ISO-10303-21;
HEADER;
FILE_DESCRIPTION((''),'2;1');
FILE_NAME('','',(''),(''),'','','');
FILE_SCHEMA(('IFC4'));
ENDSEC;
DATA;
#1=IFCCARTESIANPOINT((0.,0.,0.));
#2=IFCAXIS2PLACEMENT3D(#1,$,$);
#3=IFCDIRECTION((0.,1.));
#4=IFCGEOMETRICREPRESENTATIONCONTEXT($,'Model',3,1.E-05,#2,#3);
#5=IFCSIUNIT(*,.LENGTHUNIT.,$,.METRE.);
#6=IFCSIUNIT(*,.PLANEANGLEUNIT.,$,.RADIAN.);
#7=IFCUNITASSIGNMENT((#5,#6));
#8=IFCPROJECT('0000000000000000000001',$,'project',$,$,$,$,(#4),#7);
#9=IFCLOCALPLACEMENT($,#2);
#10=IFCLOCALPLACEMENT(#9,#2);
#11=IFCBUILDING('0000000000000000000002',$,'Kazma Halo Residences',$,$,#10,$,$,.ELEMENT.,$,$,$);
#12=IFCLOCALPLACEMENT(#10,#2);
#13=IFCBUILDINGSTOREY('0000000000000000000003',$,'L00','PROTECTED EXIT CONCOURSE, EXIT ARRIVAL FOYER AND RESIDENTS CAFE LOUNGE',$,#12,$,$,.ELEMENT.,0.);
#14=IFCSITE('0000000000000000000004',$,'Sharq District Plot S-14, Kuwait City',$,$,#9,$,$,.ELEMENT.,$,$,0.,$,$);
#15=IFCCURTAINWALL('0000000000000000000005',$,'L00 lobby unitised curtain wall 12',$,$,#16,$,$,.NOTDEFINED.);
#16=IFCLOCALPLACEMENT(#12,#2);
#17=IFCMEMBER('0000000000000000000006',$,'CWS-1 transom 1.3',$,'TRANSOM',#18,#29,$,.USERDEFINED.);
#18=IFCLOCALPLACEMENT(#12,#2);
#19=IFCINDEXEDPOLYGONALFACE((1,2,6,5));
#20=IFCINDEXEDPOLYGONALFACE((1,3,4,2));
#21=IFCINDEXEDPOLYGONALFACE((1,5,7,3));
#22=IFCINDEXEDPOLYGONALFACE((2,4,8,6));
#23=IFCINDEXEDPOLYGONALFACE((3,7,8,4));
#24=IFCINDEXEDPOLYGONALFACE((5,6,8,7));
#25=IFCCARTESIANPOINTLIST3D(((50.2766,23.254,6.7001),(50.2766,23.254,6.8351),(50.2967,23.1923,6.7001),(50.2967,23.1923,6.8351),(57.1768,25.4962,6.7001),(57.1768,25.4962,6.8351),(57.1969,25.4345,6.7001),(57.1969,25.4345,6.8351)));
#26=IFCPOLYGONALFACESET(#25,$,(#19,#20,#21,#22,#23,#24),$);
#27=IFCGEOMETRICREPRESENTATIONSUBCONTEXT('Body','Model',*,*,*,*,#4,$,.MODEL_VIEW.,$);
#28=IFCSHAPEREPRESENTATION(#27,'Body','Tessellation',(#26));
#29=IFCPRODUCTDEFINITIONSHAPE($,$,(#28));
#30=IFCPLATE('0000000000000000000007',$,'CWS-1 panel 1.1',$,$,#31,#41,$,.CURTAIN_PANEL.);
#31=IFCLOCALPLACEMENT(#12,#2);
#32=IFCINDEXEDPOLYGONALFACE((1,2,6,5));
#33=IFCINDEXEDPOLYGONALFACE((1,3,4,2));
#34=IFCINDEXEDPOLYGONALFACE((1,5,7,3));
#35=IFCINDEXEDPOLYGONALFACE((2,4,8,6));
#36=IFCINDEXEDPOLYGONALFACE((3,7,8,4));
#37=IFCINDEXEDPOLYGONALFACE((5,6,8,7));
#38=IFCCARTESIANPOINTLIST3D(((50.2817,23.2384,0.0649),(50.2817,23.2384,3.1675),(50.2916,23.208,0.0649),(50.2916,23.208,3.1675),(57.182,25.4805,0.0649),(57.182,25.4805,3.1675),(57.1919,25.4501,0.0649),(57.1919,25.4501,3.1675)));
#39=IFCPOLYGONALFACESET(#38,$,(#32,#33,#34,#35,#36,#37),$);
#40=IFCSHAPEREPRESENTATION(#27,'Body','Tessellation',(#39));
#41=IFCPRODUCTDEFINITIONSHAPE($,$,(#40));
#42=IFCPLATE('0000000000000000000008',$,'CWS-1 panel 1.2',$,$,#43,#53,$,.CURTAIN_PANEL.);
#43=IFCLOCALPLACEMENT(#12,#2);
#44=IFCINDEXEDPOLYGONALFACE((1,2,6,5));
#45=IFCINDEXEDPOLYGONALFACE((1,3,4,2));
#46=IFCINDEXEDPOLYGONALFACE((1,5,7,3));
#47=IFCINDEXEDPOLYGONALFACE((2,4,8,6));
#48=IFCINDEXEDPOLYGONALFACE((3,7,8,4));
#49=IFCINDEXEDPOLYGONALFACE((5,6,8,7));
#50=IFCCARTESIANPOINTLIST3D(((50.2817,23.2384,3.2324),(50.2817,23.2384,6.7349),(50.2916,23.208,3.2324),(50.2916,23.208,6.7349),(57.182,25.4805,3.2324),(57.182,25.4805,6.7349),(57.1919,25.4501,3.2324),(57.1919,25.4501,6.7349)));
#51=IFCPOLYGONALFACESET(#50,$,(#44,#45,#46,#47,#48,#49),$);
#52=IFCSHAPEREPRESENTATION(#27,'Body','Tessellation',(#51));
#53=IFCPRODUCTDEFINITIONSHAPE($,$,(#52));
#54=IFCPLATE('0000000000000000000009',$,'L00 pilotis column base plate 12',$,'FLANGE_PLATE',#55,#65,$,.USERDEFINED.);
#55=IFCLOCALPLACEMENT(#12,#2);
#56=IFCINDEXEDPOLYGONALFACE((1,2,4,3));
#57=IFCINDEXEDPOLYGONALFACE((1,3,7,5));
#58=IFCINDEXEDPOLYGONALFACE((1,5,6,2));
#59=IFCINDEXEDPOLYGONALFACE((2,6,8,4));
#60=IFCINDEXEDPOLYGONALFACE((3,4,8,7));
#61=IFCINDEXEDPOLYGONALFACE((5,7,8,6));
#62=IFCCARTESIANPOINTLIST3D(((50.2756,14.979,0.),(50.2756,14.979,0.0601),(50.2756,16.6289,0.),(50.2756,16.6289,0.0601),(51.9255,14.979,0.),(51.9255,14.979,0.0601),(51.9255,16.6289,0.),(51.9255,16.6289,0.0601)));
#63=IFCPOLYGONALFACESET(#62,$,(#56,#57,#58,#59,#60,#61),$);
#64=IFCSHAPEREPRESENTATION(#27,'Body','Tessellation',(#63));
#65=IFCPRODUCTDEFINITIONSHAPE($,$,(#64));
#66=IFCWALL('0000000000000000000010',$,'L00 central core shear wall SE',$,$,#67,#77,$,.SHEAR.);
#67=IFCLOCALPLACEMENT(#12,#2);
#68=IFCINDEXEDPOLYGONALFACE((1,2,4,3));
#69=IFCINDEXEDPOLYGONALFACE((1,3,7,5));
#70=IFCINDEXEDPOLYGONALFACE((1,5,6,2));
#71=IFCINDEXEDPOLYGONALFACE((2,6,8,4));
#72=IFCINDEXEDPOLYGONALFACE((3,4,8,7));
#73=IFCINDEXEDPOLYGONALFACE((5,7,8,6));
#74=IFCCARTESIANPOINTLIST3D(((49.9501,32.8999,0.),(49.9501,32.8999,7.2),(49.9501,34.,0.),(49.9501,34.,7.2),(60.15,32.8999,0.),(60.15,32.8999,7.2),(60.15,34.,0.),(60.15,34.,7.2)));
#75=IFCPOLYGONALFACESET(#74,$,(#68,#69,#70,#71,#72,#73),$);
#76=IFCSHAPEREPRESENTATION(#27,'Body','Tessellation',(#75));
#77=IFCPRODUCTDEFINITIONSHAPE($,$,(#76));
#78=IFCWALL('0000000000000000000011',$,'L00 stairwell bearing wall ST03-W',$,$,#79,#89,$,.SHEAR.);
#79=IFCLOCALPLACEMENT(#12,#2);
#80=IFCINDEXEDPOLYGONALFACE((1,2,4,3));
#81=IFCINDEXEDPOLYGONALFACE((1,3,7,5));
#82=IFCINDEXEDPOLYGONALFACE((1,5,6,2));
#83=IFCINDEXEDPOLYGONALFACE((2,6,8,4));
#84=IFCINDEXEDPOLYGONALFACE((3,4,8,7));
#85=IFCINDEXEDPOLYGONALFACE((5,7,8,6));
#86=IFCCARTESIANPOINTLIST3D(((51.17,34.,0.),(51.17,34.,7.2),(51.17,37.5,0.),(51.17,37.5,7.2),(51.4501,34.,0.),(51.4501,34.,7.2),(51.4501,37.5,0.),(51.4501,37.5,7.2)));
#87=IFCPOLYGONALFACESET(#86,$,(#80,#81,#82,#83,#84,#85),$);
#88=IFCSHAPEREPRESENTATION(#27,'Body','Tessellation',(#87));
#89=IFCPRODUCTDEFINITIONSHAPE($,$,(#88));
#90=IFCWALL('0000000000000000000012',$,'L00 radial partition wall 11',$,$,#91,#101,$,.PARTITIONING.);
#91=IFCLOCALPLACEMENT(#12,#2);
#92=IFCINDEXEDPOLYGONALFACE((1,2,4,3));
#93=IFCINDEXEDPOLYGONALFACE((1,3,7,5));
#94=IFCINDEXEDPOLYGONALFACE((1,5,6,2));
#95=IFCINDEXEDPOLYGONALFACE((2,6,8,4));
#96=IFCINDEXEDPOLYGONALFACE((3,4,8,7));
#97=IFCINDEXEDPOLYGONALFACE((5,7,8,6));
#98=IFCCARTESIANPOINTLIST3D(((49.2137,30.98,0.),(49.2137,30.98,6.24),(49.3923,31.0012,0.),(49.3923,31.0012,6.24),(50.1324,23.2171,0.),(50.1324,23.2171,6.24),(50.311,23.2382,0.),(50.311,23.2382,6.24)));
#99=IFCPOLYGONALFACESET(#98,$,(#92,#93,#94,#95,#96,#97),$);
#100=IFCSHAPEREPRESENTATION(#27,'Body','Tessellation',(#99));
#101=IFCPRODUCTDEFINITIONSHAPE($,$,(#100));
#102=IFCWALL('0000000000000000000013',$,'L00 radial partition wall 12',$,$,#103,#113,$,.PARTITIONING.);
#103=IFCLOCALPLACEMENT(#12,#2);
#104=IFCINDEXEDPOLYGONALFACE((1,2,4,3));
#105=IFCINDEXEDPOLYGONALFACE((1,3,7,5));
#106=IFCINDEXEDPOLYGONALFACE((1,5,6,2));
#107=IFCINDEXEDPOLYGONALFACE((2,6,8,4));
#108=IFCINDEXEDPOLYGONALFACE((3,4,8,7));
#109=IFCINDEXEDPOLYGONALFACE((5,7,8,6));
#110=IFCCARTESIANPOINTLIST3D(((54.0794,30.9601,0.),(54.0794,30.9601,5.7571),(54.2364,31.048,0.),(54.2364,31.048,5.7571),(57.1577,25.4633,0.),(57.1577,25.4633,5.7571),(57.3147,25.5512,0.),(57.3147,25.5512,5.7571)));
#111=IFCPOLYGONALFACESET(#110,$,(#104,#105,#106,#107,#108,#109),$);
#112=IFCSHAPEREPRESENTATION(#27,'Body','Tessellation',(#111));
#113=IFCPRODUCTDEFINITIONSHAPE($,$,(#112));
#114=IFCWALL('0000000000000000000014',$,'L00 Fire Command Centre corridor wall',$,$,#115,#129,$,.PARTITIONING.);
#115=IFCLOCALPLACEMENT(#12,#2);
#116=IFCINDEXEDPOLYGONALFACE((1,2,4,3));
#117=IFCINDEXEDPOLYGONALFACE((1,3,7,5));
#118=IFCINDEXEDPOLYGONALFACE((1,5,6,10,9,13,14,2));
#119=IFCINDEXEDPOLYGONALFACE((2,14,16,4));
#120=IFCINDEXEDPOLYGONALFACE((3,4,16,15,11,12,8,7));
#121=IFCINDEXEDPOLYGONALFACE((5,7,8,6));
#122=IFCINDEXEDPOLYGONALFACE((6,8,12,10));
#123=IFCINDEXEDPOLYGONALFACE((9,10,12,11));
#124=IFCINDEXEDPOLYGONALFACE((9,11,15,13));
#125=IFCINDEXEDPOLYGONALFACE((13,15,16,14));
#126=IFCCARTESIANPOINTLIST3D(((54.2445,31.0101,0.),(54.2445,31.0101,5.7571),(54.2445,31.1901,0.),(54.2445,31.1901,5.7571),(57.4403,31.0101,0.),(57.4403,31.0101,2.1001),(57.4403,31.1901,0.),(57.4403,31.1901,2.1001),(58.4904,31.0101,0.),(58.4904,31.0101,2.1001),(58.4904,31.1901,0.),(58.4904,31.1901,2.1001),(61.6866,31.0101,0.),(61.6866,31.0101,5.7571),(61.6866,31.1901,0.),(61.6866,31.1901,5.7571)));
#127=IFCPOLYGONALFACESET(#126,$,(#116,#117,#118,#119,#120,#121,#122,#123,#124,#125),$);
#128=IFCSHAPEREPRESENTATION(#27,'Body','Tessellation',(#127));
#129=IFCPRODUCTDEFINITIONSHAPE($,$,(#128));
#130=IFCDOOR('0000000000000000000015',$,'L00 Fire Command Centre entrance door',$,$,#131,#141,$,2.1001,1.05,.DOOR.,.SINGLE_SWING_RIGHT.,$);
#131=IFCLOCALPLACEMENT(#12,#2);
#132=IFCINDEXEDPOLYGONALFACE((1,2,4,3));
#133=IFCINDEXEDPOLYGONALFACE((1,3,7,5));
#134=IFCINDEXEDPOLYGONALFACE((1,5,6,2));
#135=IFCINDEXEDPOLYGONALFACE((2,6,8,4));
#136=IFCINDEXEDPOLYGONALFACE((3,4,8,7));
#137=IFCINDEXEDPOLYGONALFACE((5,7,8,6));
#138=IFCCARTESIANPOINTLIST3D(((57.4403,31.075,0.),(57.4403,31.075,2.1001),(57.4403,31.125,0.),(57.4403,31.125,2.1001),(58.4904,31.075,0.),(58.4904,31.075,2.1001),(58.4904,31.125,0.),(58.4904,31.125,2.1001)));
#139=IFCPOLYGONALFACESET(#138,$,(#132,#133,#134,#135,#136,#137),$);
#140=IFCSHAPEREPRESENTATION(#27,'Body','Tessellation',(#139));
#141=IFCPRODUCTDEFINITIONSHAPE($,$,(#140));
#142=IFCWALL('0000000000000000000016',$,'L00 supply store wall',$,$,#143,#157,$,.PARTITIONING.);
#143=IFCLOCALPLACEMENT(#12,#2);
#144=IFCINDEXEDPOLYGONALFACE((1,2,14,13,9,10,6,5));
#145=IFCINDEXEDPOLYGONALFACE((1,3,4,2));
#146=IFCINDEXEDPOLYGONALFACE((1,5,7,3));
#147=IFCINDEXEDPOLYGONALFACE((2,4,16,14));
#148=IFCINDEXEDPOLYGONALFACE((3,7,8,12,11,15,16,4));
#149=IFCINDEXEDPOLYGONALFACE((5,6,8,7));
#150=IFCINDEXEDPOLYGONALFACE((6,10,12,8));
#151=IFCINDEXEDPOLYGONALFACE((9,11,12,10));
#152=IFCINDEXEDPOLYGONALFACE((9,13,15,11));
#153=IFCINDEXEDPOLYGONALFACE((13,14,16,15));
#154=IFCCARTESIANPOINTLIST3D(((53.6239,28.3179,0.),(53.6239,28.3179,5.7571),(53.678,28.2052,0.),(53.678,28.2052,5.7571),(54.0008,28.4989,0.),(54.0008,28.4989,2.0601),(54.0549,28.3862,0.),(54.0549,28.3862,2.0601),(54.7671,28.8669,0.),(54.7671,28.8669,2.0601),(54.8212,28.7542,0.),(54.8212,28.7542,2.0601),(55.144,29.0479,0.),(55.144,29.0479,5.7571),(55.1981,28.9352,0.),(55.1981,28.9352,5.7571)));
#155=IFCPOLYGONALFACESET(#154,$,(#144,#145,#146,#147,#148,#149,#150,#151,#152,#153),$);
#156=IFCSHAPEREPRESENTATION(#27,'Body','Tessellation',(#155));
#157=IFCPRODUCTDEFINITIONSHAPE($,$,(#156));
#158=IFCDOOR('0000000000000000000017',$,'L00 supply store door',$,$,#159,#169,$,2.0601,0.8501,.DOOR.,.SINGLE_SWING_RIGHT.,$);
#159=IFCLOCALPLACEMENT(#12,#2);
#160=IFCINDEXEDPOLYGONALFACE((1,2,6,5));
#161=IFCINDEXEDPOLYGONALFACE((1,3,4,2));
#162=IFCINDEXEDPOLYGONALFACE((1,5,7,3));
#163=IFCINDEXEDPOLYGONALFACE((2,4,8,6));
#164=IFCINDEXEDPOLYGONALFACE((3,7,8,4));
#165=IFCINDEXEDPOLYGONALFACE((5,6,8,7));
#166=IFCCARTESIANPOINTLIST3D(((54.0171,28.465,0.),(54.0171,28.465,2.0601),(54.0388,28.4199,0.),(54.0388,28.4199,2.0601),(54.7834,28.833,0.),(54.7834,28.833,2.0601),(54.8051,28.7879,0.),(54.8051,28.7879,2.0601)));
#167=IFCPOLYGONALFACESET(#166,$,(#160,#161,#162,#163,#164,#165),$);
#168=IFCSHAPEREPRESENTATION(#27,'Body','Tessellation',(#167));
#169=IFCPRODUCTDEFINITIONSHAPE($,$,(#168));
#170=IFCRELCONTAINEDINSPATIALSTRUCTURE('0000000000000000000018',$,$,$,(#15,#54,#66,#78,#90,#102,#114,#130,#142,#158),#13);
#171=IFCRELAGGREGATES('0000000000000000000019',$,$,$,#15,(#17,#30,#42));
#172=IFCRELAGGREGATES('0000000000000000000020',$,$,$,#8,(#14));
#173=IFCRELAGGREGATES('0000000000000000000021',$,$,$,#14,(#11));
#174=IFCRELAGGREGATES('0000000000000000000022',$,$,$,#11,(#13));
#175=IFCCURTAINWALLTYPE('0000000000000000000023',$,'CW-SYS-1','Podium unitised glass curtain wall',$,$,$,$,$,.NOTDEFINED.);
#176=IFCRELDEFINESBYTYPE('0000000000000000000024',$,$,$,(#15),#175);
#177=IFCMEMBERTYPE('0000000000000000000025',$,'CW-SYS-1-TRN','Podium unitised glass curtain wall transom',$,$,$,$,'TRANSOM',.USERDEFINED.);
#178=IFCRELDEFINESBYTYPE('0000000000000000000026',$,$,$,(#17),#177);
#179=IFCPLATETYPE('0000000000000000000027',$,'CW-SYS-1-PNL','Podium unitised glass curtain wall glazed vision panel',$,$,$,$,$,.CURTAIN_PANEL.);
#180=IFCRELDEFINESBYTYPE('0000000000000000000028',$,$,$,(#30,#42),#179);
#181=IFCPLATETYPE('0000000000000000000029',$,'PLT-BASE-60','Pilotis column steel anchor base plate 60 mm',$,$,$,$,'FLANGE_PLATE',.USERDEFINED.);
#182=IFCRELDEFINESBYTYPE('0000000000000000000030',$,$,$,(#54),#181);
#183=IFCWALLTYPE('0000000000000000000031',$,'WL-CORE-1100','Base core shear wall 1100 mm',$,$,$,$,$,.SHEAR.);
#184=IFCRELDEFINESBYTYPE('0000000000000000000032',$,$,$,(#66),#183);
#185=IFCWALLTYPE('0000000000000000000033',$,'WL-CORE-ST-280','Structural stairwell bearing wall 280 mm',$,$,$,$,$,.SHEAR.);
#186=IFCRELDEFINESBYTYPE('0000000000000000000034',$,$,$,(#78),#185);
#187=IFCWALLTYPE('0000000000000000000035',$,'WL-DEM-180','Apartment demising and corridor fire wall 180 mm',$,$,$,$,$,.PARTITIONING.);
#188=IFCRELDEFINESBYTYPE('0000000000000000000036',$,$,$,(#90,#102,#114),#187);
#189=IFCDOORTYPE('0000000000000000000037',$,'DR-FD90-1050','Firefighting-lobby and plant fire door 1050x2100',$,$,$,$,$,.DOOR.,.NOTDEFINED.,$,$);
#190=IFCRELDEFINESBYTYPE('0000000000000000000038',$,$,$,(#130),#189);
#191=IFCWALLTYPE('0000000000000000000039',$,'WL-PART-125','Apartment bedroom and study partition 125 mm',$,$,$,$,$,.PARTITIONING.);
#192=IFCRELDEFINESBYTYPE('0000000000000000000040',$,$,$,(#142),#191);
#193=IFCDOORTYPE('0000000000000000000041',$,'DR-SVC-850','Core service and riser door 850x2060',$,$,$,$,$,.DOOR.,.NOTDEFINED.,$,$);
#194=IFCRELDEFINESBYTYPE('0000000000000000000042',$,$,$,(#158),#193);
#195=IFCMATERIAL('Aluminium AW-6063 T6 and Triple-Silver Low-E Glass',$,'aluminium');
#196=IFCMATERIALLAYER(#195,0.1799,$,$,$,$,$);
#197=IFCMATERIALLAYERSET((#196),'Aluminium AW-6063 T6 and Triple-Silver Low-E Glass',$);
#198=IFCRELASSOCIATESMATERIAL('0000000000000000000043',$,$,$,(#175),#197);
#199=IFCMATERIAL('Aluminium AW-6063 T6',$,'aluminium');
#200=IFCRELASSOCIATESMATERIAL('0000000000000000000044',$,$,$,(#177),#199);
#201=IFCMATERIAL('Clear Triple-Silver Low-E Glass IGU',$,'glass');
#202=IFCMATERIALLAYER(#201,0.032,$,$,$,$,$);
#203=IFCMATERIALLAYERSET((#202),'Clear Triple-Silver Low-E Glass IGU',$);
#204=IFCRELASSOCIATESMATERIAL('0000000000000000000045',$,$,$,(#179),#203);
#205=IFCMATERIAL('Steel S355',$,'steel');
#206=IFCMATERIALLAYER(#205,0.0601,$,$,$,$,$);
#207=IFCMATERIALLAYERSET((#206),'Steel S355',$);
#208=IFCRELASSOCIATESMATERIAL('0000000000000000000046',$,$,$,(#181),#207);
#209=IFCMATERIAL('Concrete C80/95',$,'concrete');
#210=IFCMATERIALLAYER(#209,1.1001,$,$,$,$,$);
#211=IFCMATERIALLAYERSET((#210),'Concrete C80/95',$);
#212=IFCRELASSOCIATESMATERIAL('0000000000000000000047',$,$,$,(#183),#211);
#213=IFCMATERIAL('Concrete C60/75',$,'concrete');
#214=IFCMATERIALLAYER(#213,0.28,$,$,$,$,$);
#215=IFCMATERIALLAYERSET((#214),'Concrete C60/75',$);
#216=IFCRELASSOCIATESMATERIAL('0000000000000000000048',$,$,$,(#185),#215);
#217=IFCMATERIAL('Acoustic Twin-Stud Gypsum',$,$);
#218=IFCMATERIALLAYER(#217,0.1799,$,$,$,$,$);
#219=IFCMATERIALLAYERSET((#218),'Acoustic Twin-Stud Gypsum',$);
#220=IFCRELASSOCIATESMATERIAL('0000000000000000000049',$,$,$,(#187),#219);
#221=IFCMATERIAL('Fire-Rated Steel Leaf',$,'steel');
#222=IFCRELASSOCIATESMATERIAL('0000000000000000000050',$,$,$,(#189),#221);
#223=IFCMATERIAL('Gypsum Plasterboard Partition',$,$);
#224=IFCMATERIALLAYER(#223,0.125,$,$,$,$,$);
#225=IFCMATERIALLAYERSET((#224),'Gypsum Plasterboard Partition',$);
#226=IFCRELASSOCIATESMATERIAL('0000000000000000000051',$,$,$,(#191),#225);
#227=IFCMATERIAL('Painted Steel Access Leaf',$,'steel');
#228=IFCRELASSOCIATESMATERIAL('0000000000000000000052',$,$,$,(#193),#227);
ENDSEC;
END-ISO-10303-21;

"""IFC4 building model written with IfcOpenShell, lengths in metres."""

from ifc_helpers import new_model, si_unit, direction, frame, frame_2d, origin, origin_2d, place, context, subcontext, project, spatial, rectangle, extrude, material, layer, layer_set, material_profile, profile_set, type_object, element, fill, aggregate, save


model = new_model("IFC4")

# Units and contexts
model_context = context("Model", 3, precision=1e-05, world=origin(), true_north=direction((0.0, 1.0)))
body_context = subcontext(model_context, "Body", "Model", "MODEL_VIEW")
ifc_project = project(units=[si_unit("LENGTHUNIT", "METRE"), si_unit("PLANEANGLEUNIT", "RADIAN")], contexts=[model_context])

# Site, building, storey
site_placement = place(None, origin())
site = spatial("IfcSite", under=ifc_project, at=site_placement, Name="Sharq District Plot S-14, Kuwait City", CompositionType="ELEMENT", RefElevation=0.0)
building_placement = place(site_placement, origin())
building = spatial("IfcBuilding", under=site, at=building_placement, Name="Kazma Halo Residences", CompositionType="ELEMENT")
storey_placement = place(building_placement, origin())
storey = spatial("IfcBuildingStorey", under=building, at=storey_placement, Name="L00", Description="PROTECTED EXIT CONCOURSE, EXIT ARRIVAL FOYER AND RESIDENTS CAFE LOUNGE", CompositionType="ELEMENT", Elevation=0.0)

# Shared definitions
ifc_material_1 = material(Name="Concrete C80/95", Category="concrete")

# Shared definitions
ifc_material_2 = material(Name="Steel S355", Category="steel")

# Curtain wall, member, plates
ifc_material_3 = material(Name="Aluminium AW-6063 T6 and Triple-Silver Low-E Glass", Category="aluminium")
ifc_layer_1 = layer(ifc_material_3, 0.1799)
ifc_layer_set_1 = layer_set([ifc_layer_1], Name="Aluminium AW-6063 T6 and Triple-Silver Low-E Glass")
curtain_wall_type = type_object("IfcCurtainWallType", Name="CW-SYS-1", Description="Podium unitised glass curtain wall", PredefinedType="NOTDEFINED", material=ifc_layer_set_1)
curtain_wall_placement = place(storey_placement, origin())
curtain_wall = element("IfcCurtainWall", 1, at=curtain_wall_placement, inside=storey, type_object=curtain_wall_type, Name="L00 lobby unitised curtain wall 12", PredefinedType="NOTDEFINED")
ifc_material_4 = material(Name="Aluminium AW-6063 T6", Category="aluminium")
ifc_material_profile_1 = material_profile(ifc_material_4, rectangle(XDim=0.0649, YDim=0.135, at=origin_2d()), Name="CWT-65x135")
ifc_profile_set_1 = profile_set([ifc_material_profile_1], Name="Aluminium AW-6063 T6")
member_type_1 = type_object("IfcMemberType", Name="CW-SYS-1-TRN", Description="Podium unitised glass curtain wall transom", ElementType="TRANSOM", PredefinedType="USERDEFINED", material=ifc_profile_set_1)
member_1_placement = place(storey_placement, frame((50.2866, 23.2231, 6.7676), z_axis=(0.951049, 0.309041, 0.0), x_axis=(-0.309041, 0.951049, 0.0)))
member_1 = element("IfcMember", 2, at=member_1_placement, type_object=member_type_1, Name="CWS-1 transom 1.3", ObjectType="TRANSOM", PredefinedType="USERDEFINED", context=body_context, shape_type="SweptSolid", body=[
    extrude(rectangle(XDim=0.0649, YDim=0.135, at=origin_2d()), origin(), (0.0, 0.0, 1.0), 7.2554),
])
ifc_material_5 = material(Name="Clear Triple-Silver Low-E Glass IGU", Category="glass")
ifc_layer_2 = layer(ifc_material_5, 0.032)
ifc_layer_set_2 = layer_set([ifc_layer_2], Name="Clear Triple-Silver Low-E Glass IGU")
plate_type_1 = type_object("IfcPlateType", Name="CW-SYS-1-PNL", Description="Podium unitised glass curtain wall glazed vision panel", PredefinedType="CURTAIN_PANEL", material=ifc_layer_set_2)
plate_1_placement = place(storey_placement, frame((53.7368, 24.3442, 0.0649), z_axis=(0.0, 0.0, 1.0), x_axis=(0.951055, 0.309021, 0.0)))
plate_1 = element("IfcPlate", 3, at=plate_1_placement, type_object=plate_type_1, Name="CWS-1 panel 1.1", PredefinedType="CURTAIN_PANEL", context=body_context, shape_type="SweptSolid", body=[
    extrude(rectangle(XDim=7.2554, YDim=0.032, at=origin_2d()), origin(), (0.0, 0.0, 1.0), 3.1025),
])
plate_2_placement = place(storey_placement, frame((53.7368, 24.3442, 3.2324), z_axis=(0.0, 0.0, 1.0), x_axis=(0.951055, 0.309021, 0.0)))
plate_2 = element("IfcPlate", 4, at=plate_2_placement, type_object=plate_type_1, Name="CWS-1 panel 1.2", PredefinedType="CURTAIN_PANEL", context=body_context, shape_type="SweptSolid", body=[
    extrude(rectangle(XDim=7.2554, YDim=0.032, at=origin_2d()), origin(), (0.0, 0.0, 1.0), 3.5024),
])
aggregate(curtain_wall, [member_1, plate_1, plate_2])

# Plate
ifc_layer_3 = layer(ifc_material_2, 0.0601)
ifc_layer_set_3 = layer_set([ifc_layer_3], Name="Steel S355")
plate_type_2 = type_object("IfcPlateType", Name="PLT-BASE-60", Description="Pilotis column steel anchor base plate 60 mm", ElementType="FLANGE_PLATE", PredefinedType="USERDEFINED", material=ifc_layer_set_3)
plate_3_placement = place(storey_placement, frame((51.1006, 15.804, 0.0), z_axis=(0.0, 0.0, 1.0), x_axis=(1.0, 0.0, 0.0)))
element("IfcPlate", 5, at=plate_3_placement, inside=storey, type_object=plate_type_2, Name="L00 pilotis column base plate 12", ObjectType="FLANGE_PLATE", PredefinedType="USERDEFINED", context=body_context, shape_type="SweptSolid", body=[
    extrude(rectangle(XDim=1.6499, YDim=1.6499, at=origin_2d()), origin(), (0.0, 0.0, 1.0), 0.0601),
])

# Walls
ifc_layer_4 = layer(ifc_material_1, 1.1001)
ifc_layer_set_4 = layer_set([ifc_layer_4], Name="Concrete C80/95")
wall_type_1 = type_object("IfcWallType", Name="WL-CORE-1100", Description="Base core shear wall 1100 mm", PredefinedType="SHEAR", material=ifc_layer_set_4)
wall_1_placement = place(storey_placement, frame((49.95, 33.45, 0.0), z_axis=(0.0, 0.0, 1.0), x_axis=(1.0, 0.0, 0.0)))
element("IfcWall", 6, at=wall_1_placement, inside=storey, type_object=wall_type_1, Name="L00 central core shear wall SE", PredefinedType="SHEAR", context=body_context, shape_type="SweptSolid", body=[
    extrude(rectangle(XDim=10.2, YDim=1.1001, at=frame_2d((5.1001, 0.0))), origin(), (0.0, 0.0, 1.0), 7.2),
])
ifc_material_6 = material(Name="Concrete C60/75", Category="concrete")
ifc_layer_5 = layer(ifc_material_6, 0.28)
ifc_layer_set_5 = layer_set([ifc_layer_5], Name="Concrete C60/75")
wall_type_2 = type_object("IfcWallType", Name="WL-CORE-ST-280", Description="Structural stairwell bearing wall 280 mm", PredefinedType="SHEAR", material=ifc_layer_set_5)
wall_2_placement = place(storey_placement, frame((51.3101, 34.0, 0.0), z_axis=(0.0, 0.0, 1.0), x_axis=(0.0, 1.0, 0.0)))
element("IfcWall", 7, at=wall_2_placement, inside=storey, type_object=wall_type_2, Name="L00 stairwell bearing wall ST03-W", PredefinedType="SHEAR", context=body_context, shape_type="SweptSolid", body=[
    extrude(rectangle(XDim=3.5, YDim=0.28, at=frame_2d((1.75, 0.0))), origin(), (0.0, 0.0, 1.0), 7.2),
])
ifc_material_7 = material(Name="Acoustic Twin-Stud Gypsum")
ifc_layer_6 = layer(ifc_material_7, 0.1799)
ifc_layer_set_6 = layer_set([ifc_layer_6], Name="Acoustic Twin-Stud Gypsum")
wall_type_3 = type_object("IfcWallType", Name="WL-DEM-180", Description="Apartment demising and corridor fire wall 180 mm", PredefinedType="PARTITIONING", material=ifc_layer_set_6)
wall_3_placement = place(storey_placement, frame((49.303, 30.9907, 0.0), z_axis=(0.0, 0.0, 1.0), x_axis=(0.117524, -0.99307, 0.0)))
element("IfcWall", 8, at=wall_3_placement, inside=storey, type_object=wall_type_3, Name="L00 radial partition wall 11", PredefinedType="PARTITIONING", context=body_context, shape_type="SweptSolid", body=[
    extrude(rectangle(XDim=7.8171, YDim=0.1799, at=frame_2d((3.9087, 0.0))), origin(), (0.0, 0.0, 1.0), 6.24),
])
wall_4_placement = place(storey_placement, frame((54.158, 31.0039, 0.0), z_axis=(0.0, 0.0, 1.0), x_axis=(0.488621, -0.872496, 0.0)))
element("IfcWall", 9, at=wall_4_placement, inside=storey, type_object=wall_type_3, Name="L00 radial partition wall 12", PredefinedType="PARTITIONING", context=body_context, shape_type="SweptSolid", body=[
    extrude(rectangle(XDim=6.3, YDim=0.1799, at=frame_2d((3.1499, 0.0))), origin(), (0.0, 0.0, 1.0), 5.7571),
])

# Walls, openings, doors
wall_5_placement = place(storey_placement, frame((54.2444, 31.1001, 0.0), z_axis=(0.0, 0.0, 1.0), x_axis=(1.0, 0.0, 0.0)))
wall_5 = element("IfcWall", 10, at=wall_5_placement, inside=storey, type_object=wall_type_3, Name="L00 Fire Command Centre corridor wall", PredefinedType="PARTITIONING", context=body_context, shape_type="SweptSolid", body=[
    extrude(rectangle(XDim=7.4421, YDim=0.1799, at=frame_2d((3.7212, 0.0))), origin(), (0.0, 0.0, 1.0), 5.7571),
])
opening_1_placement = place(wall_5_placement, frame((3.196, 0.0, 0.0)))
opening_1 = element("IfcOpeningElement", 11, at=opening_1_placement, cuts=wall_5, PredefinedType="OPENING", context=body_context, shape_type="SweptSolid", body=[
    extrude(rectangle(XDim=1.05, YDim=2.1001, at=frame_2d((0.5249, 1.05))), frame((0.0, 0.0999, 0.0), z_axis=(0.0, -1.0, 0.0), x_axis=(1.0, 0.0, 0.0)), (0.0, 0.0, 1.0), 0.2),
])
ifc_material_8 = material(Name="Fire-Rated Steel Leaf", Category="steel")
door_type_1 = type_object("IfcDoorType", Name="DR-FD90-1050", Description="Firefighting-lobby and plant fire door 1050x2100", OperationType="NOTDEFINED", PredefinedType="DOOR", material=ifc_material_8)
door_1_placement = place(opening_1_placement, origin())
door_1 = element("IfcDoor", 12, at=door_1_placement, inside=storey, type_object=door_type_1, Name="L00 Fire Command Centre entrance door", OperationType="SINGLE_SWING_RIGHT", OverallHeight=2.1001, OverallWidth=1.05, PredefinedType="DOOR", context=body_context, shape_type="SweptSolid", body=[
    extrude(rectangle(XDim=1.05, YDim=2.1001, at=frame_2d((0.5249, 1.05))), frame((0.0, 0.0249, 0.0), z_axis=(0.0, -1.0, 0.0), x_axis=(1.0, 0.0, 0.0)), (0.0, 0.0, 1.0), 0.05),
])
fill(opening_1, door_1)
ifc_material_9 = material(Name="Gypsum Plasterboard Partition")
ifc_layer_7 = layer(ifc_material_9, 0.125)
ifc_layer_set_7 = layer_set([ifc_layer_7], Name="Gypsum Plasterboard Partition")
wall_type_4 = type_object("IfcWallType", Name="WL-PART-125", Description="Apartment bedroom and study partition 125 mm", PredefinedType="PARTITIONING", material=ifc_layer_set_7)
wall_6_placement = place(storey_placement, frame((53.6509, 28.2615, 0.0), z_axis=(0.0, 0.0, 1.0), x_axis=(0.901437, 0.43291, 0.0)))
wall_6 = element("IfcWall", 13, at=wall_6_placement, inside=storey, type_object=wall_type_4, Name="L00 supply store wall", PredefinedType="PARTITIONING", context=body_context, shape_type="SweptSolid", body=[
    extrude(rectangle(XDim=1.6863, YDim=0.125, at=frame_2d((0.8433, 0.0))), origin(), (0.0, 0.0, 1.0), 5.7571),
])
opening_2_placement = place(wall_6_placement, frame((0.4182, 0.0, 0.0)))
opening_2 = element("IfcOpeningElement", 14, at=opening_2_placement, cuts=wall_6, PredefinedType="OPENING", context=body_context, shape_type="SweptSolid", body=[
    extrude(rectangle(XDim=0.8501, YDim=2.0601, at=frame_2d((0.425, 1.03))), frame((0.0, 0.0725, 0.0), z_axis=(0.0, -1.0, 0.0), x_axis=(1.0, 0.0, 0.0)), (0.0, 0.0, 1.0), 0.145),
])
ifc_material_10 = material(Name="Painted Steel Access Leaf", Category="steel")
door_type_2 = type_object("IfcDoorType", Name="DR-SVC-850", Description="Core service and riser door 850x2060", OperationType="NOTDEFINED", PredefinedType="DOOR", material=ifc_material_10)
door_2_placement = place(opening_2_placement, origin())
door_2 = element("IfcDoor", 15, at=door_2_placement, inside=storey, type_object=door_type_2, Name="L00 supply store door", OperationType="SINGLE_SWING_RIGHT", OverallHeight=2.0601, OverallWidth=0.8501, PredefinedType="DOOR", context=body_context, shape_type="SweptSolid", body=[
    extrude(rectangle(XDim=0.8501, YDim=2.0601, at=frame_2d((0.425, 1.03))), frame((0.0, 0.0249, 0.0), z_axis=(0.0, -1.0, 0.0), x_axis=(1.0, 0.0, 0.0)), (0.0, 0.0, 1.0), 0.05),
])
fill(opening_2, door_2)

save(model, "model.ifc")
